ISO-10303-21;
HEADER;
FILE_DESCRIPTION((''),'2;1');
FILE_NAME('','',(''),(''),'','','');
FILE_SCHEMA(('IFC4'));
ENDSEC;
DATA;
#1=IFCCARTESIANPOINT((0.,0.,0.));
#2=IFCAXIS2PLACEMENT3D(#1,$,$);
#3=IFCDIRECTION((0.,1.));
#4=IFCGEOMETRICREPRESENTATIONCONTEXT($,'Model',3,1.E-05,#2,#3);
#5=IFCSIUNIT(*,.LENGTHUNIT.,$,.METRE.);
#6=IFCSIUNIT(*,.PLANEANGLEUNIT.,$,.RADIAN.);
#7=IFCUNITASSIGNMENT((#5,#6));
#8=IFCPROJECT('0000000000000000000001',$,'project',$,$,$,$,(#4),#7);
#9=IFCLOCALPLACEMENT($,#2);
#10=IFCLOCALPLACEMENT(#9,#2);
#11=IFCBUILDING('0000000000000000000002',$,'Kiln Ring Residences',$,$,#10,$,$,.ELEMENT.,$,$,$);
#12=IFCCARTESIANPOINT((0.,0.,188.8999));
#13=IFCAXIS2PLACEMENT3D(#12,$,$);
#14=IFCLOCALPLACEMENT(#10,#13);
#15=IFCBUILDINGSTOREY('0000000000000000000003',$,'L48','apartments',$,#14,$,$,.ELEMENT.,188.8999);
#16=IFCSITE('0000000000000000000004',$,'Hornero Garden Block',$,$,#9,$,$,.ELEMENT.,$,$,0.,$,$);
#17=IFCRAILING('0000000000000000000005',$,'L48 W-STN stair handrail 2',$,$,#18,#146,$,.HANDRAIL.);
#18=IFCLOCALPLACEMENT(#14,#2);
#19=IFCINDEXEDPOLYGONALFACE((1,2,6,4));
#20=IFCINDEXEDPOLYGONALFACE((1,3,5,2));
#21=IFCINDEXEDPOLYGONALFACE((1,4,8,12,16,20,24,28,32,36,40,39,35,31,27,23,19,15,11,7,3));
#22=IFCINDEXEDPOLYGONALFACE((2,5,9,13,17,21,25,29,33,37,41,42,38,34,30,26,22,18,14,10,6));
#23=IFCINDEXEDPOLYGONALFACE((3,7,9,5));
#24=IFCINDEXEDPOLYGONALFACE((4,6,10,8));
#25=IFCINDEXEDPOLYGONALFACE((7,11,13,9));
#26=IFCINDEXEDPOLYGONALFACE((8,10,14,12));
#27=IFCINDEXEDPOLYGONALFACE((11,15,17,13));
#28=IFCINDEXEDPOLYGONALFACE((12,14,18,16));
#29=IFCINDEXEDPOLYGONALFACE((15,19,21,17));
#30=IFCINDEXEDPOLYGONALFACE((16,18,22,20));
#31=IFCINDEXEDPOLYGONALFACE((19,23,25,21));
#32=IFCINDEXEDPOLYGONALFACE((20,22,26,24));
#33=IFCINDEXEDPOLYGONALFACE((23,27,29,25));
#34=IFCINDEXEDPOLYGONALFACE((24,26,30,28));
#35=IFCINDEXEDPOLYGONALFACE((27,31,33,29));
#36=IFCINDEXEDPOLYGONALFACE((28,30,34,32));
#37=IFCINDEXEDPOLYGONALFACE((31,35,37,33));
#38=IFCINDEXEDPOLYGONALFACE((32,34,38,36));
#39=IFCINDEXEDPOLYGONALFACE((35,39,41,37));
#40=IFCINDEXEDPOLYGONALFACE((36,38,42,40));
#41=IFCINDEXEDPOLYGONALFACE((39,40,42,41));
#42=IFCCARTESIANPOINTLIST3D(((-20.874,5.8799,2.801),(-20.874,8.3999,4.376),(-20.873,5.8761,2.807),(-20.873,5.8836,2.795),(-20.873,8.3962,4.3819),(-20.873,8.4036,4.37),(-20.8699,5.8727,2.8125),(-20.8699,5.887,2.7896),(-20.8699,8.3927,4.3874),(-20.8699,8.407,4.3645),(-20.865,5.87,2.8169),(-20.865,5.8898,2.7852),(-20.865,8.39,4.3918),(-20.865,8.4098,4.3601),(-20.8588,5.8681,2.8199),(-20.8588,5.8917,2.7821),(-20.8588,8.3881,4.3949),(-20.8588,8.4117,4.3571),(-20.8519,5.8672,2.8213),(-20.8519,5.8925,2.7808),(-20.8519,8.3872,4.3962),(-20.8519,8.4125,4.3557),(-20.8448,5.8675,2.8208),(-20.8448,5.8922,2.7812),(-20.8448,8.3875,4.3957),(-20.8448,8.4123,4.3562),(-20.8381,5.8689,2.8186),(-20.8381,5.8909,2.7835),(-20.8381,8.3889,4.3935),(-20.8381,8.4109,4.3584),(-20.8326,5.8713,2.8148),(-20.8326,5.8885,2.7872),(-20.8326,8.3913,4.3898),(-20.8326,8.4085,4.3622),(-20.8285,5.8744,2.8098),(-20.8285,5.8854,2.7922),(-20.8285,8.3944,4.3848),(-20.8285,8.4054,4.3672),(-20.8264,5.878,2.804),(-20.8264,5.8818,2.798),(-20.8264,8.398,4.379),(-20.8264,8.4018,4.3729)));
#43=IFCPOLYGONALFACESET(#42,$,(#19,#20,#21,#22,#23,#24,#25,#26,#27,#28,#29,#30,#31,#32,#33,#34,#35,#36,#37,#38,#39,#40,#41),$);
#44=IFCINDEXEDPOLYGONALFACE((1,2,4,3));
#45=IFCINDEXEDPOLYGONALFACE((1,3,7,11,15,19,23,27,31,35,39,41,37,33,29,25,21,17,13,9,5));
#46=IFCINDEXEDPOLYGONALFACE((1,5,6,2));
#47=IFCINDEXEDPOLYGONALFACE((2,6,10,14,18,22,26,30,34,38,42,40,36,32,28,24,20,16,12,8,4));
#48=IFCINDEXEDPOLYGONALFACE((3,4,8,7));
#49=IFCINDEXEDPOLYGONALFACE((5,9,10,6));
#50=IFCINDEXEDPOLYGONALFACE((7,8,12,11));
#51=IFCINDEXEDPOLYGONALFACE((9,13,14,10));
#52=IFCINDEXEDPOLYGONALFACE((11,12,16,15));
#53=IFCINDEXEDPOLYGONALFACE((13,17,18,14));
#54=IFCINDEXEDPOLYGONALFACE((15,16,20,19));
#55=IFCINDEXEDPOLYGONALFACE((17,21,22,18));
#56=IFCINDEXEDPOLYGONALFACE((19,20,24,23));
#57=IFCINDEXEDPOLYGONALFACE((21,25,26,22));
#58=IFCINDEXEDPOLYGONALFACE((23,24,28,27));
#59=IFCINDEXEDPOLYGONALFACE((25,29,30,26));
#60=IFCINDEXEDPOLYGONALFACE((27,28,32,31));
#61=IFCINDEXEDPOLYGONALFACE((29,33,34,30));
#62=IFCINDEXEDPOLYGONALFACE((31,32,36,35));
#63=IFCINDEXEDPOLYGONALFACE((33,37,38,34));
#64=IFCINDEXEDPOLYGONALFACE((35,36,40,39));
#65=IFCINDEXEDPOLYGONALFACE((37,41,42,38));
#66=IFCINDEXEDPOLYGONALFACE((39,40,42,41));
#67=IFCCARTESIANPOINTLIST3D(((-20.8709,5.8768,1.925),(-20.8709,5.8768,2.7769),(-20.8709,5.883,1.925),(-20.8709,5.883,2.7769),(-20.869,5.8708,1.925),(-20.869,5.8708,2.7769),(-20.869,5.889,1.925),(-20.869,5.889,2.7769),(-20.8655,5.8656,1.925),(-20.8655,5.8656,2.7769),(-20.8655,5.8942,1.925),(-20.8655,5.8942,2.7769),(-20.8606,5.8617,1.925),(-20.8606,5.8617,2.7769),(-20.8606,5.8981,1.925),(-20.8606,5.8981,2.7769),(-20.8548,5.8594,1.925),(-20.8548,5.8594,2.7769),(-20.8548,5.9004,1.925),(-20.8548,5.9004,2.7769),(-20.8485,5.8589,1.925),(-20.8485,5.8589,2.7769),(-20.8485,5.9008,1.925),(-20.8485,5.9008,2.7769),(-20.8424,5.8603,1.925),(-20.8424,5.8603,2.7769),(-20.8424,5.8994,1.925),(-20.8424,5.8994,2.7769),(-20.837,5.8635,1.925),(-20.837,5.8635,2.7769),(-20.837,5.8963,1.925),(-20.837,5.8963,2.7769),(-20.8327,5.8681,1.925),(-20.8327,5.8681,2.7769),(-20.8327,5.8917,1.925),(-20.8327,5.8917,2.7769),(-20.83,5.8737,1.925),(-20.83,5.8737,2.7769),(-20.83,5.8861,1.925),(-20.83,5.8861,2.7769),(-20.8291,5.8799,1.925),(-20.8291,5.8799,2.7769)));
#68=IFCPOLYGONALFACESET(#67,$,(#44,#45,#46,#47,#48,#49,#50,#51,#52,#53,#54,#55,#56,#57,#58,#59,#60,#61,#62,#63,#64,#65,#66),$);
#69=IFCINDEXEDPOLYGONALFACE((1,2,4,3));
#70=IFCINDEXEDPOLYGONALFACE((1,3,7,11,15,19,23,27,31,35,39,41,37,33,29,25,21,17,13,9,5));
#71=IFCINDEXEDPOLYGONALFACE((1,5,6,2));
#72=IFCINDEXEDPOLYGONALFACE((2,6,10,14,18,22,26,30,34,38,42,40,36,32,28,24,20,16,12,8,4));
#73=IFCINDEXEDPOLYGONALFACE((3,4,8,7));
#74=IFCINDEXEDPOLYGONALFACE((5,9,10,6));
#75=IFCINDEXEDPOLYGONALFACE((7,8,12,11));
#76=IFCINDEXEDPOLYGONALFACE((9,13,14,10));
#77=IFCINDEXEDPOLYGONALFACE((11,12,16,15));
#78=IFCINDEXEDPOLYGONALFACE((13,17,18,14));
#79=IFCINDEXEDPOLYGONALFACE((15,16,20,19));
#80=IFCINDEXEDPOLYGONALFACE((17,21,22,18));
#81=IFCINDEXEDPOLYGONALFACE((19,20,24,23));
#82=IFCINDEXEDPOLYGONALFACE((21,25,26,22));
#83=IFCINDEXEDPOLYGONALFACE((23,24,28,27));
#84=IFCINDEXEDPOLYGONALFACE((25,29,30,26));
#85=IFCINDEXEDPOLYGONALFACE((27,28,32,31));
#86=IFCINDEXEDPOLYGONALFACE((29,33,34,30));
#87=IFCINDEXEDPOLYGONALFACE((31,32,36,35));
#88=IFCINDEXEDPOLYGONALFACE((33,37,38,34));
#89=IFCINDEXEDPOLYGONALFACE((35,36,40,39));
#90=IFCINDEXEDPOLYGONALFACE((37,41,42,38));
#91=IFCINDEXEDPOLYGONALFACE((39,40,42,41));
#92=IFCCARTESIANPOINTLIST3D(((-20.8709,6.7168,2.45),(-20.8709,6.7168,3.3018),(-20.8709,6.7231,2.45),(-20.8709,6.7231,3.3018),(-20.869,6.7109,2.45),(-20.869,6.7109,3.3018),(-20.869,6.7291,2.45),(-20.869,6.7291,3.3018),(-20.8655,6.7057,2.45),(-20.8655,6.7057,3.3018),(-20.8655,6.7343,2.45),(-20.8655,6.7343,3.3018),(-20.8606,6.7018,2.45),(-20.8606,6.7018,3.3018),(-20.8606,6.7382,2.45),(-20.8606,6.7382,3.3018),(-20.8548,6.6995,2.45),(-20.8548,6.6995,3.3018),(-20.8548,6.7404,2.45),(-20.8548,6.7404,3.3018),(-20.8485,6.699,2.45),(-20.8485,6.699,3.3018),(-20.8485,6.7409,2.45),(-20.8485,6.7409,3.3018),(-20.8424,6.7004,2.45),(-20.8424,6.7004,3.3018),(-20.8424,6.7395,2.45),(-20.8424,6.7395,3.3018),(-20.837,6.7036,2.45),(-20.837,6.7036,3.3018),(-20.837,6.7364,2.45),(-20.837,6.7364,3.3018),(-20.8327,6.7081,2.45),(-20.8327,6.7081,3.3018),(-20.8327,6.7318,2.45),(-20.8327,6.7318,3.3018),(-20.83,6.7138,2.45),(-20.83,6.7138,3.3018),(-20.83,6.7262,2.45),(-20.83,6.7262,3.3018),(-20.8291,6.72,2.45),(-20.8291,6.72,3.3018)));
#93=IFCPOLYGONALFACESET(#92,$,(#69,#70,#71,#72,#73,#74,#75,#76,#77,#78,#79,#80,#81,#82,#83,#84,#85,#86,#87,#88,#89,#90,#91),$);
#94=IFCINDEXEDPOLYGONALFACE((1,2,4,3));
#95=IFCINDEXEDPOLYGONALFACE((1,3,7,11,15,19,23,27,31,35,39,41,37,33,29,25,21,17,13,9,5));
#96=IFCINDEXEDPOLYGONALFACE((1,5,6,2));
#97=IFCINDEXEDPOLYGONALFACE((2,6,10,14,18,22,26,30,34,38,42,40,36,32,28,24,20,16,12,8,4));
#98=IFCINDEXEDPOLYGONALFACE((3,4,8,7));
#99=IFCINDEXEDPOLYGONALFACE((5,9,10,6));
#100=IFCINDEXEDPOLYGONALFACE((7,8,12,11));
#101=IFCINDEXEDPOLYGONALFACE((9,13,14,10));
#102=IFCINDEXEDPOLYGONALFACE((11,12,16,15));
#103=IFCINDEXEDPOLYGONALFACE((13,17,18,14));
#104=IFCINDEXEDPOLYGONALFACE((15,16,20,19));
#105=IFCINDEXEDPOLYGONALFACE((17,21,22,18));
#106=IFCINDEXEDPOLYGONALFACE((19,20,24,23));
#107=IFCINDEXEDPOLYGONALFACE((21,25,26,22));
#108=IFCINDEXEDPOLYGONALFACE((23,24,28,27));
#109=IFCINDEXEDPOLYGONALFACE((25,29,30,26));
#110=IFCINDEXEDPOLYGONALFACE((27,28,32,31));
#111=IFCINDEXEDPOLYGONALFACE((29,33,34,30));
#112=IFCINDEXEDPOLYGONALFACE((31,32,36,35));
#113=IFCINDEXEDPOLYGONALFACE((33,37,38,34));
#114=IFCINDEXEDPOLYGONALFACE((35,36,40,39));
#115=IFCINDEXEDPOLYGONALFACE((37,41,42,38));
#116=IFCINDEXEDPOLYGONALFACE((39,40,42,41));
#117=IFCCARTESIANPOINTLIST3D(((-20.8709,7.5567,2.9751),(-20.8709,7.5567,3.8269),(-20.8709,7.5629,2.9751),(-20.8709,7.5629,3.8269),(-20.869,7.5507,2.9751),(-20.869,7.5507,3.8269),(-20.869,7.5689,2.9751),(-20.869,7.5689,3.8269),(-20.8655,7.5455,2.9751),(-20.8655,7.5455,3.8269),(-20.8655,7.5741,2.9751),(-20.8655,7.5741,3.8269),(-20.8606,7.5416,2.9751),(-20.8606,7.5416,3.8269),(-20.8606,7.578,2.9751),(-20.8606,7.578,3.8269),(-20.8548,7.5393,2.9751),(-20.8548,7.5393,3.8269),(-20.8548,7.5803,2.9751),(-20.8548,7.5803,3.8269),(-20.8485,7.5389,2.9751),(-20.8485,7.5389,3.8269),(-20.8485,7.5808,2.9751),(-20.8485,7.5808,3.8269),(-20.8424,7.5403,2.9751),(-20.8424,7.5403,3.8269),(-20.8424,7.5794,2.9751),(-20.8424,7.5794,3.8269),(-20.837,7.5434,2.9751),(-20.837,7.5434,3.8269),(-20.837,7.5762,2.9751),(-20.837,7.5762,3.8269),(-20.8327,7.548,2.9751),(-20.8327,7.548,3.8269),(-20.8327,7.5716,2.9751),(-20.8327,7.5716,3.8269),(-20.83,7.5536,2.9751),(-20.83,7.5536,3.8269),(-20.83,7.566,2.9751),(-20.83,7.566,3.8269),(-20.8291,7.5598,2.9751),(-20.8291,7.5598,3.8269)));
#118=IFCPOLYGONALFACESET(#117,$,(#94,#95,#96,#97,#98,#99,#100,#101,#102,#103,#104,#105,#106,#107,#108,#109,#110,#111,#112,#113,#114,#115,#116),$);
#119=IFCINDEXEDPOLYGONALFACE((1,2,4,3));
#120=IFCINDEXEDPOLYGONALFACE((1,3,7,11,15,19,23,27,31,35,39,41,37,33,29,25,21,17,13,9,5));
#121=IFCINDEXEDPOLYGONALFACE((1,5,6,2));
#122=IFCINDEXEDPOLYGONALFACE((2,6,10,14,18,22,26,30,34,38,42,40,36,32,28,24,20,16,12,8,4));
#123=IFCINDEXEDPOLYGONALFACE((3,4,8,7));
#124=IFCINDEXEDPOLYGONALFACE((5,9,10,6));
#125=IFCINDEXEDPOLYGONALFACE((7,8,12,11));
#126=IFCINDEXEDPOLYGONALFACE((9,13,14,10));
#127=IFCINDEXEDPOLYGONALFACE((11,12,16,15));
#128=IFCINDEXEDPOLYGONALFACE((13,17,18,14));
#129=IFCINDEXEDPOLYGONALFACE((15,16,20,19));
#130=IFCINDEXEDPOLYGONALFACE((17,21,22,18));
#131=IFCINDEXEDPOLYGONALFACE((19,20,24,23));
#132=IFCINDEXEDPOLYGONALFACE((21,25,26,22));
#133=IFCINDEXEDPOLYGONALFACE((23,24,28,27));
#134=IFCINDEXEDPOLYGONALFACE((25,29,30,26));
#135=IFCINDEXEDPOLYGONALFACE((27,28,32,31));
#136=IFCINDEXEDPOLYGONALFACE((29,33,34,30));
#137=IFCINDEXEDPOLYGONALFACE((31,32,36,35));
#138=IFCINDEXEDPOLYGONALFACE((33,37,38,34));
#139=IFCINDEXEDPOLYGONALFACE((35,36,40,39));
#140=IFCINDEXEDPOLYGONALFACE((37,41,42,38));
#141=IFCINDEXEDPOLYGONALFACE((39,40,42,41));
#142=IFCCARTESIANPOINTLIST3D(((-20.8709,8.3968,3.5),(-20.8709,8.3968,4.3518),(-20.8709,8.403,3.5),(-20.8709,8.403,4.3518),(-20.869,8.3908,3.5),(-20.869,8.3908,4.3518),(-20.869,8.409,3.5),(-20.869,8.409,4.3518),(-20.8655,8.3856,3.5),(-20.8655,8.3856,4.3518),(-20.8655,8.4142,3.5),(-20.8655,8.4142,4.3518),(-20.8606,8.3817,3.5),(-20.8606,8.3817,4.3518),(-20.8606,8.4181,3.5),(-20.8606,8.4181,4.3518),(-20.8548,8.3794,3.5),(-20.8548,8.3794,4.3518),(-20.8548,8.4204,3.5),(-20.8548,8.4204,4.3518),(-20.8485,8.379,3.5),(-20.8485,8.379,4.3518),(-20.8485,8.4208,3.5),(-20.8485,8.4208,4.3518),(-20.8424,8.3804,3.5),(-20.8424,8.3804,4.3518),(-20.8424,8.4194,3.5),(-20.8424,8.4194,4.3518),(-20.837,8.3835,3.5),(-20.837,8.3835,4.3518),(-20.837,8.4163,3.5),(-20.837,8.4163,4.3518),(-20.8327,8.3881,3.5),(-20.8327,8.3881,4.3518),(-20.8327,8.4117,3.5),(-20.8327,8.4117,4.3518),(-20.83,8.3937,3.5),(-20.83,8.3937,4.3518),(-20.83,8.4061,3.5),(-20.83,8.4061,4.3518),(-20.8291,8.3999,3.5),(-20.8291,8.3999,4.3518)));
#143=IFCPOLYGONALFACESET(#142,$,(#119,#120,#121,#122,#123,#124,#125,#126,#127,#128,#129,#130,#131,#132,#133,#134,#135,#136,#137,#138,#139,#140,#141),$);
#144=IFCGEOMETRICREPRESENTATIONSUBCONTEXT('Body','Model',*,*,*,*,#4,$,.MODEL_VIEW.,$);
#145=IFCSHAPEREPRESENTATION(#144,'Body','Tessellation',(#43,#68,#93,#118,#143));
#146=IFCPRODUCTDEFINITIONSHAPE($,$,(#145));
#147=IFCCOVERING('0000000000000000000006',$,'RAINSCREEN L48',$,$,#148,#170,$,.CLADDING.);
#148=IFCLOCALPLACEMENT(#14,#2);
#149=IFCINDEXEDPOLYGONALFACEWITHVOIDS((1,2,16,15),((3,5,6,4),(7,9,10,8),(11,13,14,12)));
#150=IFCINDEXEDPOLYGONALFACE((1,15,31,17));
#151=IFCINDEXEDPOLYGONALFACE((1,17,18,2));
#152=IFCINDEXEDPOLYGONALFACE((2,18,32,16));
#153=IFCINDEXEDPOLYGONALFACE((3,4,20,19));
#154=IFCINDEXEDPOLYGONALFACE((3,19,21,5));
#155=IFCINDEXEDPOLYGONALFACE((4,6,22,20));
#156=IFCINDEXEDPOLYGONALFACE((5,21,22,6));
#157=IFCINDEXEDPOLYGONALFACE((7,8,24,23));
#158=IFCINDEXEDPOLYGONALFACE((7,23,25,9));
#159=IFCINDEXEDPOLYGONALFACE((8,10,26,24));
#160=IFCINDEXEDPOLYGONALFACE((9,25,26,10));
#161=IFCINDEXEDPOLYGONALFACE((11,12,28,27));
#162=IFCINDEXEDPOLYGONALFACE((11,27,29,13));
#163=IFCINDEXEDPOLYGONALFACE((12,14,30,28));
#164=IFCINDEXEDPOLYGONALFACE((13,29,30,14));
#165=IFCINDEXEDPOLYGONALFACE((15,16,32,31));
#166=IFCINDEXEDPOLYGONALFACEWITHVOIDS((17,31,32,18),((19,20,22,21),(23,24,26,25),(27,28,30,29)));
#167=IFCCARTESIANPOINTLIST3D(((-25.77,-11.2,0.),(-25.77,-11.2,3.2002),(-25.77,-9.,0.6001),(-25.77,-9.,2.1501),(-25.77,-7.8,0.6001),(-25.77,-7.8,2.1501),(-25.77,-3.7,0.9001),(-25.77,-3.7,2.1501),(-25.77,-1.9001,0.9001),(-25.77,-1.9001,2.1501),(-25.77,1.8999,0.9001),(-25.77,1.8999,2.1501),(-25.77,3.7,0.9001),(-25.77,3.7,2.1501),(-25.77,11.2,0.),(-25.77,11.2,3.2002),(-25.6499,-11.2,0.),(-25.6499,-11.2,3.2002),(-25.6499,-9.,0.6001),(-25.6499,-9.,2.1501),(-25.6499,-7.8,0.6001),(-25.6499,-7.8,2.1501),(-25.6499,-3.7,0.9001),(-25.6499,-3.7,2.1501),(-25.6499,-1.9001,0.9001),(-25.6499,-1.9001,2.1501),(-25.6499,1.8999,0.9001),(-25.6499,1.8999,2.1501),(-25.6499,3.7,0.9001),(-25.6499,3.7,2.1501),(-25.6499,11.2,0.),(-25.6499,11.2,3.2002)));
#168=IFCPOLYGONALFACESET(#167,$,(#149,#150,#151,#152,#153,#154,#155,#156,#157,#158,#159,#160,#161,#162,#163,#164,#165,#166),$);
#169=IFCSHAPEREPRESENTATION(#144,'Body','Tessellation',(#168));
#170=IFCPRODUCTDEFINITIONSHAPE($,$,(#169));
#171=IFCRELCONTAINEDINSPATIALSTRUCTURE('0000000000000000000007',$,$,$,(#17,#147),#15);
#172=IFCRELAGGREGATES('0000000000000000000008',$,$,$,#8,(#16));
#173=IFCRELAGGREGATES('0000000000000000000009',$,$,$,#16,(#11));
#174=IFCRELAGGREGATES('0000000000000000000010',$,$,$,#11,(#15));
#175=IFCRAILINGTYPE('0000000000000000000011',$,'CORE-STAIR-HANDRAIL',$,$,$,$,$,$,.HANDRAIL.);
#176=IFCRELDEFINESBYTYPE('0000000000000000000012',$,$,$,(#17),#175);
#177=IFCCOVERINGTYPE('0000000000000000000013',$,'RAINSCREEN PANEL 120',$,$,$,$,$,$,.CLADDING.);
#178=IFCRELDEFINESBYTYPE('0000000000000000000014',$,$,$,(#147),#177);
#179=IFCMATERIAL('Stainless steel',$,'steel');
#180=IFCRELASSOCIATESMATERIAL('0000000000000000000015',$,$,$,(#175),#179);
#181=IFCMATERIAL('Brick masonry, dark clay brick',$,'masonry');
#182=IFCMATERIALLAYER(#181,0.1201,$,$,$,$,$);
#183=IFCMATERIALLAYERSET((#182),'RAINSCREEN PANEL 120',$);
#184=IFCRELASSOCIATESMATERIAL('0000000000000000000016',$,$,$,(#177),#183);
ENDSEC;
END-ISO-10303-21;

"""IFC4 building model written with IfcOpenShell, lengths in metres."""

from ifc_helpers import new_model, si_unit, direction, frame, origin, origin_2d, place, context, subcontext, project, spatial, polyline, circle, outline, extrude, material, layer, layer_set, type_object, element, save


model = new_model("IFC4")

# Units and contexts
model_context = context("Model", 3, precision=1e-05, world=origin(), true_north=direction((0.0, 1.0)))
body_context = subcontext(model_context, "Body", "Model", "MODEL_VIEW")
ifc_project = project(units=[si_unit("LENGTHUNIT", "METRE"), si_unit("PLANEANGLEUNIT", "RADIAN")], contexts=[model_context])

# Site, building, storey
site_placement = place(None, origin())
site = spatial("IfcSite", under=ifc_project, at=site_placement, Name="Hornero Garden Block", CompositionType="ELEMENT", RefElevation=0.0)
building_placement = place(site_placement, origin())
building = spatial("IfcBuilding", under=site, at=building_placement, Name="Kiln Ring Residences", CompositionType="ELEMENT")
storey_placement = place(building_placement, frame((0.0, 0.0, 188.8999)))
storey = spatial("IfcBuildingStorey", under=building, at=storey_placement, Name="L48", Description="apartments", CompositionType="ELEMENT", Elevation=188.8999)

# Railing
ifc_material_1 = material(Name="Stainless steel", Category="steel")
railing_type_1 = type_object("IfcRailingType", Name="CORE-STAIR-HANDRAIL", PredefinedType="HANDRAIL", material=ifc_material_1)
railing_1_placement = place(storey_placement, frame((-20.8501, 5.8799, 1.925)))
element("IfcRailing", 1, at=railing_1_placement, inside=storey, type_object=railing_type_1, Name="L48 W-STN stair handrail 2", PredefinedType="HANDRAIL", context=body_context, shape_type="SweptSolid", body=[
    extrude(circle(Radius=0.0239, at=origin_2d()), frame((0.0, 0.0, 0.876), z_axis=(0.0, 0.848008, 0.529984), x_axis=(-1.0, 0.0, 0.0)), (0.0, 0.0, 1.0), 2.9717),
    extrude(circle(Radius=0.021, at=origin_2d()), origin(), (0.0, 0.0, 1.0), 0.8518),
    extrude(circle(Radius=0.021, at=origin_2d()), frame((0.0, 0.8401, 0.5249)), (0.0, 0.0, 1.0), 0.8518),
    extrude(circle(Radius=0.021, at=origin_2d()), frame((0.0, 1.6799, 1.05)), (0.0, 0.0, 1.0), 0.8518),
    extrude(circle(Radius=0.021, at=origin_2d()), frame((0.0, 2.52, 1.575)), (0.0, 0.0, 1.0), 0.8518),
])

# Covering
ifc_material_2 = material(Name="Brick masonry, dark clay brick", Category="masonry")
ifc_layer_1 = layer(ifc_material_2, 0.1201)
ifc_layer_set_1 = layer_set([ifc_layer_1], Name="RAINSCREEN PANEL 120")
covering_type = type_object("IfcCoveringType", Name="RAINSCREEN PANEL 120", PredefinedType="CLADDING", material=ifc_layer_set_1)
covering_placement = place(storey_placement, frame((-25.71, 11.2, 0.0), z_axis=(0.0, 0.0, 1.0), x_axis=(0.0, -1.0, 0.0)))
element("IfcCovering", 2, at=covering_placement, inside=storey, type_object=covering_type, Name="RAINSCREEN L48", PredefinedType="CLADDING", context=body_context, shape_type="SweptSolid", body=[
    extrude(outline(polyline([(0.0, 0.0), (22.3999, 0.0), (22.3999, 3.2002), (0.0, 3.2002), (0.0, 0.0)]), holes=[polyline([(20.2, 2.1501), (19.0, 2.1501), (19.0, 0.6001), (20.2, 0.6001), (20.2, 2.1501)]), polyline([(9.3, 0.9001), (9.3, 2.1501), (7.5, 2.1501), (7.5, 0.9001), (9.3, 0.9001)]), polyline([(14.8999, 0.9001), (14.8999, 2.1501), (13.1001, 2.1501), (13.1001, 0.9001), (14.8999, 0.9001)])]), frame((0.0, 0.0601, 0.0), z_axis=(0.0, -1.0, 0.0), x_axis=(1.0, 0.0, 0.0)), (0.0, 0.0, 1.0), 0.1201),
])

save(model, "model.ifc")
